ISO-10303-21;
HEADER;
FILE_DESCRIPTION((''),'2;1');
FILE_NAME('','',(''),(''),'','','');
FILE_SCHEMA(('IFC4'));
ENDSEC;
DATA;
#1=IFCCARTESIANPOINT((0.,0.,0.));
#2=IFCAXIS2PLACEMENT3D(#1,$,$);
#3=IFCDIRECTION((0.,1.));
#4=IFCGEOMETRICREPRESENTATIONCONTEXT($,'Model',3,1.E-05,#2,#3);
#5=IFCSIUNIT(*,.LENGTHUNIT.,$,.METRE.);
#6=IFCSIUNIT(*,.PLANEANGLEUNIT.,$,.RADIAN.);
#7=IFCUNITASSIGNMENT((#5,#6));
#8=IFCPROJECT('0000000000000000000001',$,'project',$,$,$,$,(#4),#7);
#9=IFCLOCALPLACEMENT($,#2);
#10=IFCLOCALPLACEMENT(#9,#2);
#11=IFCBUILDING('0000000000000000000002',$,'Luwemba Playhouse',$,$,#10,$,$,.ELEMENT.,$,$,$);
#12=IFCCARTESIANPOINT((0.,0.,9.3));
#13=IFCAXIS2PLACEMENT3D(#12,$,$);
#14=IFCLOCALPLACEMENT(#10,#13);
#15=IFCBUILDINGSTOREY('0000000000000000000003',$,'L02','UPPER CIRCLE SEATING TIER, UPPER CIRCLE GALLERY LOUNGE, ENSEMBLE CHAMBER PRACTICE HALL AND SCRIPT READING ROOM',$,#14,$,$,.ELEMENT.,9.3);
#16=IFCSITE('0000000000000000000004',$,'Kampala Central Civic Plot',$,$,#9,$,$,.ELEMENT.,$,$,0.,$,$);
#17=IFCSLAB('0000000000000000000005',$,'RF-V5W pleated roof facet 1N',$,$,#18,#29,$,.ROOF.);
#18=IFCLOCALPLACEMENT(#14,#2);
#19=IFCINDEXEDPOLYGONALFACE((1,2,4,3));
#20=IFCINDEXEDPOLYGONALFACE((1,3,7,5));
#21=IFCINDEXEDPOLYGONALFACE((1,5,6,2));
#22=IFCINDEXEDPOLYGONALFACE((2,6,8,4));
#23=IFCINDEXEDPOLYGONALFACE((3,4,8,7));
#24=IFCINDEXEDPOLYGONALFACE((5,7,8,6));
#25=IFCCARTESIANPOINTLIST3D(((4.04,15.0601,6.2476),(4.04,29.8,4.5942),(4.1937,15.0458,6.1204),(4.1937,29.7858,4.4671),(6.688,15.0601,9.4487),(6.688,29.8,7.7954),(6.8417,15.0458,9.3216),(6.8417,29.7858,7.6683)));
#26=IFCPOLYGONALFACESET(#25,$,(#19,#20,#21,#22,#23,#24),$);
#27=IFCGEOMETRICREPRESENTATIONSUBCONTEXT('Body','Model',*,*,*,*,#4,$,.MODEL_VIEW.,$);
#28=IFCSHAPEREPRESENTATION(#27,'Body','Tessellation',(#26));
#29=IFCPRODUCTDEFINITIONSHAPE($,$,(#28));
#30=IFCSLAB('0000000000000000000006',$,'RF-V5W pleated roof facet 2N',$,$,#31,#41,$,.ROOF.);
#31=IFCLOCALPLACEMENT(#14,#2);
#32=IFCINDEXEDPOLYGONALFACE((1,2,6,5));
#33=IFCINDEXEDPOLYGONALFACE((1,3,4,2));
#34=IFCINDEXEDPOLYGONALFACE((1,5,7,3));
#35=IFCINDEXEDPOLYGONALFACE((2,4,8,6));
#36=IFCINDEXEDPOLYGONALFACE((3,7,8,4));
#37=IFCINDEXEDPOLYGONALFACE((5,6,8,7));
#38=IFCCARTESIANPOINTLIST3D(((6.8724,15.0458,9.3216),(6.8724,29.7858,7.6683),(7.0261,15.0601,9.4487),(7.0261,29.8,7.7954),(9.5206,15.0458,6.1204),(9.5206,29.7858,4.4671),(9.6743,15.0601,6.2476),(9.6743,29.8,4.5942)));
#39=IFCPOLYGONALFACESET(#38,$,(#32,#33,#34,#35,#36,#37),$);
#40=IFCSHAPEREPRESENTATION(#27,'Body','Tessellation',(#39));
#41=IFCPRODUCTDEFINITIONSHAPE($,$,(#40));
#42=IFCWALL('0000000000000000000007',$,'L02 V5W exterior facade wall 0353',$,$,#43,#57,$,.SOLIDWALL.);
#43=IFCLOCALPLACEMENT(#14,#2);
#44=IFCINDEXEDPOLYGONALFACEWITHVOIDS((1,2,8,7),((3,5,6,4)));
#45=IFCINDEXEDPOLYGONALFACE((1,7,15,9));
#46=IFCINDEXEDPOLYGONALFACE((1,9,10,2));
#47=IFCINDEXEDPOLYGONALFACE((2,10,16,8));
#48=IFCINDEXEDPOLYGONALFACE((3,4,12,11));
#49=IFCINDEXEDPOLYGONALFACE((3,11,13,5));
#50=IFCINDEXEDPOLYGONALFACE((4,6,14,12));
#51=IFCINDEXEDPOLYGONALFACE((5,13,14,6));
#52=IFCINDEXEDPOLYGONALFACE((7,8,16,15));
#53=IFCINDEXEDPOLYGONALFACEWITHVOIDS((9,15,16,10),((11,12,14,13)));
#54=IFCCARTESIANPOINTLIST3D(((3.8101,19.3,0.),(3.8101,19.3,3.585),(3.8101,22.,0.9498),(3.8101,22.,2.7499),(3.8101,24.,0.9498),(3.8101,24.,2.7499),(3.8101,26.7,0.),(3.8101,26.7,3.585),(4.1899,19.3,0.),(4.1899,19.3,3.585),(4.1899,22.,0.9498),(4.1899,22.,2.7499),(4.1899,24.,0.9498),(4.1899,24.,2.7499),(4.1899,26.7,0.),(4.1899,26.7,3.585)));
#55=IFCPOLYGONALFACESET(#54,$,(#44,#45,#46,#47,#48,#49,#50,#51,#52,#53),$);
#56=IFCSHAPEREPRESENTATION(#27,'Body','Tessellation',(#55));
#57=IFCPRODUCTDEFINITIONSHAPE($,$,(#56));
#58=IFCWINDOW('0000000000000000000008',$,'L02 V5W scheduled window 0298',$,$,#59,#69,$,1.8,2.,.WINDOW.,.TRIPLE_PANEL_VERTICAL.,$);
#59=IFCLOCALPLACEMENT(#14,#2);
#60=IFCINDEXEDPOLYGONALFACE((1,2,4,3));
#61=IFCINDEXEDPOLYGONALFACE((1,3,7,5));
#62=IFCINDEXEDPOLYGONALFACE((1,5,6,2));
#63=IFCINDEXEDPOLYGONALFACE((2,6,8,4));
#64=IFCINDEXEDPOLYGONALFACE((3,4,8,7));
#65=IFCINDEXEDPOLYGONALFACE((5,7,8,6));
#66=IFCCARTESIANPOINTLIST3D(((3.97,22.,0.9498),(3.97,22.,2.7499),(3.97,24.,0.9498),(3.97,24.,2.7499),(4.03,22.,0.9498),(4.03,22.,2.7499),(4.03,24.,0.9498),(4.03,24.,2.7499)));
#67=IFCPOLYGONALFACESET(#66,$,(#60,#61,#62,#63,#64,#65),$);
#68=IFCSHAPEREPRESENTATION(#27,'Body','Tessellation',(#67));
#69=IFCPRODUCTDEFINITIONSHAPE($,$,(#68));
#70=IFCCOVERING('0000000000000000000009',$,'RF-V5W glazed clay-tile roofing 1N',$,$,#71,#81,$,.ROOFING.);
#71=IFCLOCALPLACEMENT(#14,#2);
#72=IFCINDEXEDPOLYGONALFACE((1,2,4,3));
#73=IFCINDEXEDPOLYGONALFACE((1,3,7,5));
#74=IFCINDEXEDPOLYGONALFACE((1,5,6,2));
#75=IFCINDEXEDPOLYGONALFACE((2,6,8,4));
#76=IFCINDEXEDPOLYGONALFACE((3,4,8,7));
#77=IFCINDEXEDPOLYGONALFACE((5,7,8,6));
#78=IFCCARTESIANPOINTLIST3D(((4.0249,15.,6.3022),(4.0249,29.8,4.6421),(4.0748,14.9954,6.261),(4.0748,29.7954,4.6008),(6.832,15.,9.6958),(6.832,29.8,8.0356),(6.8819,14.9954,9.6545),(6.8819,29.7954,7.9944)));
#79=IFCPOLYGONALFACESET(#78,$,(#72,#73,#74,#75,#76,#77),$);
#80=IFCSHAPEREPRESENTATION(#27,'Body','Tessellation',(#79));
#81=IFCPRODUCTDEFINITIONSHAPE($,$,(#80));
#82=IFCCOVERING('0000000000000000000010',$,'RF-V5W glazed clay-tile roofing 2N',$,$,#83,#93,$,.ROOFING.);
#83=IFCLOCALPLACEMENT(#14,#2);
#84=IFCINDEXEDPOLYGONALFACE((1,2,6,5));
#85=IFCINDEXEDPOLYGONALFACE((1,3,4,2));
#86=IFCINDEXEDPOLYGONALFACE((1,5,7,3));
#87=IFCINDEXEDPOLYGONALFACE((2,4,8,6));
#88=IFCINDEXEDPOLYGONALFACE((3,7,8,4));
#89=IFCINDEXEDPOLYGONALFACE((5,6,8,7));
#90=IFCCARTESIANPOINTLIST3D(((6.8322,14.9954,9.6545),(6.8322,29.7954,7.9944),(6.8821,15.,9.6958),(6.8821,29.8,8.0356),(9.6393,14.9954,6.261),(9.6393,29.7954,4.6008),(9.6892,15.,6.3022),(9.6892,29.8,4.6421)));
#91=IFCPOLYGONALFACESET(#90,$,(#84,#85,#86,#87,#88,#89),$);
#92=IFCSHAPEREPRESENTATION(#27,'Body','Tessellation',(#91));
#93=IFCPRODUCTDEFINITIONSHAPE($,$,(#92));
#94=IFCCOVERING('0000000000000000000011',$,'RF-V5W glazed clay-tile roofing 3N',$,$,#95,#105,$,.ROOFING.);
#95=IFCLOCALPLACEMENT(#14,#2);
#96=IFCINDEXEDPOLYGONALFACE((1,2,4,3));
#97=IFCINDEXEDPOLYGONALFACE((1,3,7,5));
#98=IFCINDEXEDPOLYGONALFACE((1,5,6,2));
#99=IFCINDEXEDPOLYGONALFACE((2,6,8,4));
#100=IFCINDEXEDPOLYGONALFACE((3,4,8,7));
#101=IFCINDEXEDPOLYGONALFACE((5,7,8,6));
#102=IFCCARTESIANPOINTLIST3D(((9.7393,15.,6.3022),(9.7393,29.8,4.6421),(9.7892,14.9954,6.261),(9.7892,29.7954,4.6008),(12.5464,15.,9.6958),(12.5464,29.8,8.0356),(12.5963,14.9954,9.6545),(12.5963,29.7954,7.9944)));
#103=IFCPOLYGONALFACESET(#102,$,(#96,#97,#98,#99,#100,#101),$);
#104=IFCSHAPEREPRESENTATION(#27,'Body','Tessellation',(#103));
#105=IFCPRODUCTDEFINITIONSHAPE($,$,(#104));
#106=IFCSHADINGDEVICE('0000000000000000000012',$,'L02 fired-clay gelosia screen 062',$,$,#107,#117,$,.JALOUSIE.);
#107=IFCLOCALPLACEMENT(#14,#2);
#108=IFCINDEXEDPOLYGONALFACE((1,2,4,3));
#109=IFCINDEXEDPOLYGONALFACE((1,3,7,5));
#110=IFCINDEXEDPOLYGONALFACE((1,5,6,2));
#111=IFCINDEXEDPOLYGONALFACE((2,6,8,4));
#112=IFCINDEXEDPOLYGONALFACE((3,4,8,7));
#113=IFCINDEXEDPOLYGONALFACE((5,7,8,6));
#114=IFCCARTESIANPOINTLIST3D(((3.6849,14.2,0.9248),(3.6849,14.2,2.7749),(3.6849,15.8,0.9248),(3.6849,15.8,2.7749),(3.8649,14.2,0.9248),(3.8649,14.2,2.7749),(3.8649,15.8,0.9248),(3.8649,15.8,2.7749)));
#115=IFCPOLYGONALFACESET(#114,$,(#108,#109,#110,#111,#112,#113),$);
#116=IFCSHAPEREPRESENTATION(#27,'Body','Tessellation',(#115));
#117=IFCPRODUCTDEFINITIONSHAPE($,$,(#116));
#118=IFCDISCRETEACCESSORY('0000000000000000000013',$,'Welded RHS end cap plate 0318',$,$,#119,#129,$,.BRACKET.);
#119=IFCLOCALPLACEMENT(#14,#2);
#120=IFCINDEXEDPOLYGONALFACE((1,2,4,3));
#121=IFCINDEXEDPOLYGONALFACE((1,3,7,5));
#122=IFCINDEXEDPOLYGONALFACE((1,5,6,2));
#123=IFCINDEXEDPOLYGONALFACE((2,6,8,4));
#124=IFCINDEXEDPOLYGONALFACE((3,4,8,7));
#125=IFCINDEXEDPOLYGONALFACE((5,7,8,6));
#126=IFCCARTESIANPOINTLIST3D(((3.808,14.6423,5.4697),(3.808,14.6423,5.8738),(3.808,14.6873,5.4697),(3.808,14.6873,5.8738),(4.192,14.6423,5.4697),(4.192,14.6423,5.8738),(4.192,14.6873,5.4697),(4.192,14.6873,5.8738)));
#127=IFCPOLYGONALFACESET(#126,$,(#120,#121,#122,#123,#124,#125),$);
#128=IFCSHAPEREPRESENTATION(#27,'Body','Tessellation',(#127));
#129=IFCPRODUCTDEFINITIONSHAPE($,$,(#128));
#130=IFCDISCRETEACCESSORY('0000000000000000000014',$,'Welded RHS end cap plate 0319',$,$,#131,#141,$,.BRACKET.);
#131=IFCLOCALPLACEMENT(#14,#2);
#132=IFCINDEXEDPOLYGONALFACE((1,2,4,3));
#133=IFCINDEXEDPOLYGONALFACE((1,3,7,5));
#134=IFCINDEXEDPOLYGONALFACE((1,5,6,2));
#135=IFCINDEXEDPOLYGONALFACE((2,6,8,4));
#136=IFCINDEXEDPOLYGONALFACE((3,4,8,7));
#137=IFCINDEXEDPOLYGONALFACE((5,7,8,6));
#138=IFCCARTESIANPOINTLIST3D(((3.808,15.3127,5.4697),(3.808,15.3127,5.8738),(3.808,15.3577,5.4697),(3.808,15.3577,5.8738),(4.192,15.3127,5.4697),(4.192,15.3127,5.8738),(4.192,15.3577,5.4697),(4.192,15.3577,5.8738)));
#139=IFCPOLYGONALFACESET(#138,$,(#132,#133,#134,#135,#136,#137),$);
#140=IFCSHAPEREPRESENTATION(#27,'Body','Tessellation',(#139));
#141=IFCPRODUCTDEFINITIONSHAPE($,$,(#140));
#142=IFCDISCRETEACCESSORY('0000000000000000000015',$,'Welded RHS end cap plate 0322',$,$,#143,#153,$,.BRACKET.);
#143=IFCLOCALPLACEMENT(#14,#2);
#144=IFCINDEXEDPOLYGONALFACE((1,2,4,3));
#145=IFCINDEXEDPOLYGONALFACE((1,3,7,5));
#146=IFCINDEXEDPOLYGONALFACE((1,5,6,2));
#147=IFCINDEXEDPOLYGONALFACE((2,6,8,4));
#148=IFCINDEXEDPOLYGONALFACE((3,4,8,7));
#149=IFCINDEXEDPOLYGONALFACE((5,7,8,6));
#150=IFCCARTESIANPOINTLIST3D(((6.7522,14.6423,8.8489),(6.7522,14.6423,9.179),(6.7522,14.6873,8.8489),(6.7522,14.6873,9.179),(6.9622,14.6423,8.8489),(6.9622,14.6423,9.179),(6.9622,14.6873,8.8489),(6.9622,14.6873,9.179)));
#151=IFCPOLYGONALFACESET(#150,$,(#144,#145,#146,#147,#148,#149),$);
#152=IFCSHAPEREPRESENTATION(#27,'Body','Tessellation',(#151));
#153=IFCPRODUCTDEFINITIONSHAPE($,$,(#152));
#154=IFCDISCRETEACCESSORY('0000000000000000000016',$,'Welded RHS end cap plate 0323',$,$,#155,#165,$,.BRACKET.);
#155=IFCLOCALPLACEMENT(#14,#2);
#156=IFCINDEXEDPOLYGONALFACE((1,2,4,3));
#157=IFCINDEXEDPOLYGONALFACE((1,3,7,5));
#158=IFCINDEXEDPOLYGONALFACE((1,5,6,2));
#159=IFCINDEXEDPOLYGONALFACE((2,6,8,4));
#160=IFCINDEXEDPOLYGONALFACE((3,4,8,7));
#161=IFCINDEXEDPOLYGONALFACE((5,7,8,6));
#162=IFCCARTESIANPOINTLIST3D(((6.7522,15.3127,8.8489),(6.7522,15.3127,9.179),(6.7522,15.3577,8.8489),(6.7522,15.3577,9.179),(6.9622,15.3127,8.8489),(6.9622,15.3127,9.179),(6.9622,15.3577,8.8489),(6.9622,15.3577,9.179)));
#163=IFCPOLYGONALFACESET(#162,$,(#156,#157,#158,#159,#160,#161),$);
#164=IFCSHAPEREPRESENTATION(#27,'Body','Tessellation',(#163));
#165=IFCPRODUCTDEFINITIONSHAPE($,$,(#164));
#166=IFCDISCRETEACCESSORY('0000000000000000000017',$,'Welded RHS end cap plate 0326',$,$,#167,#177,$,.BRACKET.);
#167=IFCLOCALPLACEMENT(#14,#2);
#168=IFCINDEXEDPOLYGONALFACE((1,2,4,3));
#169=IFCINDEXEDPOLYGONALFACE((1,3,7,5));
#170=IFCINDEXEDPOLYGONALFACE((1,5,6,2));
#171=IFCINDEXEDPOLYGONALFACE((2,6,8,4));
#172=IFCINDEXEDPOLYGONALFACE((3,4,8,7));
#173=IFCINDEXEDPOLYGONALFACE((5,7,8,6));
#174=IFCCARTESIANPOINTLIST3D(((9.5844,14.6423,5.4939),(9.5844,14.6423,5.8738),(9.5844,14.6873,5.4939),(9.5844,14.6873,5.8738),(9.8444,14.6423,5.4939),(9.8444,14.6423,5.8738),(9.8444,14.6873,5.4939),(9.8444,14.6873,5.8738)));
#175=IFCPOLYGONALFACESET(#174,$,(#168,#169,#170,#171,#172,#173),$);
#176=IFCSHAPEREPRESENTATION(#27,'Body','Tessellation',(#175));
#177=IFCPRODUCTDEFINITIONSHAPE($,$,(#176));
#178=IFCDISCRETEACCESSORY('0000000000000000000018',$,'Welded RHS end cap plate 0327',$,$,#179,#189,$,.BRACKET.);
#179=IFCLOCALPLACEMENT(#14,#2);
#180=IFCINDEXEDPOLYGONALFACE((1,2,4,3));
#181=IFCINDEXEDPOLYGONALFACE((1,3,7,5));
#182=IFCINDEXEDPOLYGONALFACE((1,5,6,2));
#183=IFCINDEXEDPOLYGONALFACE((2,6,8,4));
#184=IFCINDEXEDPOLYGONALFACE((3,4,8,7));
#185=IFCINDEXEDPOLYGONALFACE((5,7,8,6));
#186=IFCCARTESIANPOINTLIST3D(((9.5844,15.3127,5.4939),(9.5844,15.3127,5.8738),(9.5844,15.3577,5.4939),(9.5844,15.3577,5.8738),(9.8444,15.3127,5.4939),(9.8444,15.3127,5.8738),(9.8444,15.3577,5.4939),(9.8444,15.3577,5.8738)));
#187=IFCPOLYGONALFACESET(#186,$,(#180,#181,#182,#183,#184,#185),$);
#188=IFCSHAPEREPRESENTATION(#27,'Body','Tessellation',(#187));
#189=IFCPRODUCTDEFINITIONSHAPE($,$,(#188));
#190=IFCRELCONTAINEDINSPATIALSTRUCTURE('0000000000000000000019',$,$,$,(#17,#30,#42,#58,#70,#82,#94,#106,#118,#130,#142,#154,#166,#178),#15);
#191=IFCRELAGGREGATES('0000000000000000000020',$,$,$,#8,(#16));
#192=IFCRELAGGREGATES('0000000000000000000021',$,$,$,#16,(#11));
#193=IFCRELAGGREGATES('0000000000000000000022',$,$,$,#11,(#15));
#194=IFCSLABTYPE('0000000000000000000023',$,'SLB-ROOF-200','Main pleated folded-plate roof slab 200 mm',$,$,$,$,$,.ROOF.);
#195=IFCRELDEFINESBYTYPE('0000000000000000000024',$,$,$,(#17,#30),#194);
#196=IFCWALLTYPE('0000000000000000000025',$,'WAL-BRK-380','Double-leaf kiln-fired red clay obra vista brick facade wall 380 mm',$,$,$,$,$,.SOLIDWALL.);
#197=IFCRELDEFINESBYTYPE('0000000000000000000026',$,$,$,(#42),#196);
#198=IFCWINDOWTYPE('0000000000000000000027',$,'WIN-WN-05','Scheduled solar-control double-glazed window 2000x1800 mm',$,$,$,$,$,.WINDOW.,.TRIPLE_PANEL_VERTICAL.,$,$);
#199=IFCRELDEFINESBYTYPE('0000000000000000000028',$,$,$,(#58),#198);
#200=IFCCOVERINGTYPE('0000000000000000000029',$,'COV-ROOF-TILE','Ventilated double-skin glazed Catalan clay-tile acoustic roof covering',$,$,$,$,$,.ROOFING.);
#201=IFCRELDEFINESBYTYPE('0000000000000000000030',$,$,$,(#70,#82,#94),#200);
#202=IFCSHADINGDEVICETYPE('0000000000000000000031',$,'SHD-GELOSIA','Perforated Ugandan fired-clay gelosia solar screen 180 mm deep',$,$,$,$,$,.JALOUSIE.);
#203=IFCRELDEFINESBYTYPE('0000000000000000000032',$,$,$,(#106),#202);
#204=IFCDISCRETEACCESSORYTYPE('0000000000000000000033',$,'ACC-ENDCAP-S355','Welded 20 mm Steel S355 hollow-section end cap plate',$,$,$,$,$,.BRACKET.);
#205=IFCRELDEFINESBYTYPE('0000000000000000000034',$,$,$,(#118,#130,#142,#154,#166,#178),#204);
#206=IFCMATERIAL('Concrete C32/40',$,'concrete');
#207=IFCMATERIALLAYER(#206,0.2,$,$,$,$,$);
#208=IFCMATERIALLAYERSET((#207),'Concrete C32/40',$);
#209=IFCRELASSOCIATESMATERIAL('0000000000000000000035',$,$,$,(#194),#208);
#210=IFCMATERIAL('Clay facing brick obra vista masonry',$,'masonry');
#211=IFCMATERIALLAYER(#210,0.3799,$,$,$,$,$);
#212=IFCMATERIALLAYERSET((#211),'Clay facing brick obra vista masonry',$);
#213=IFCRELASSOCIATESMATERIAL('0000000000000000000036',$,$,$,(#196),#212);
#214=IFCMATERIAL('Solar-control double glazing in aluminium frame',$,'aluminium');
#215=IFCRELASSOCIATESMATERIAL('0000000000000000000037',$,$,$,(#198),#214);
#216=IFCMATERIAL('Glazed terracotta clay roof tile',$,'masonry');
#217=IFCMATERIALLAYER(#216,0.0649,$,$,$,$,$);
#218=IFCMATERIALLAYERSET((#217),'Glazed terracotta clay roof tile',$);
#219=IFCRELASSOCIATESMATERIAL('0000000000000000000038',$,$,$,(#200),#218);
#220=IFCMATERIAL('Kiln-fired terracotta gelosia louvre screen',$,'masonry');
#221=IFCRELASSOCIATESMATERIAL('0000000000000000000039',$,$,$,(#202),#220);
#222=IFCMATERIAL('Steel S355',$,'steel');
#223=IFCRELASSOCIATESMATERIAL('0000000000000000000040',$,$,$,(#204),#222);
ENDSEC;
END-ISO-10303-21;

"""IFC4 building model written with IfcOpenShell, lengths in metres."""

from ifc_helpers import new_model, si_unit, direction, frame, frame_2d, origin, origin_2d, place, context, subcontext, project, spatial, polyline, rectangle, outline, extrude, material, layer, layer_set, type_object, element, fill, save


model = new_model("IFC4")

# Units and contexts
model_context = context("Model", 3, precision=1e-05, world=origin(), true_north=direction((0.0, 1.0)))
body_context = subcontext(model_context, "Body", "Model", "MODEL_VIEW")
ifc_project = project(units=[si_unit("LENGTHUNIT", "METRE"), si_unit("PLANEANGLEUNIT", "RADIAN")], contexts=[model_context])

# Site, building, storey
site_placement = place(None, origin())
site = spatial("IfcSite", under=ifc_project, at=site_placement, Name="Kampala Central Civic Plot", CompositionType="ELEMENT", RefElevation=0.0)
building_placement = place(site_placement, origin())
building = spatial("IfcBuilding", under=site, at=building_placement, Name="Luwemba Playhouse", CompositionType="ELEMENT")
storey_placement = place(building_placement, frame((0.0, 0.0, 9.3)))
storey = spatial("IfcBuildingStorey", under=building, at=storey_placement, Name="L02", Description="UPPER CIRCLE SEATING TIER, UPPER CIRCLE GALLERY LOUNGE, ENSEMBLE CHAMBER PRACTICE HALL AND SCRIPT READING ROOM", CompositionType="ELEMENT", Elevation=9.3)

# Shared definitions
ifc_material_1 = material(Name="Steel S355", Category="steel")

# Slabs
ifc_material_2 = material(Name="Concrete C32/40", Category="concrete")
ifc_layer_1 = layer(ifc_material_2, 0.2)
ifc_layer_set_1 = layer_set([ifc_layer_1], Name="Concrete C32/40")
slab_type = type_object("IfcSlabType", Name="SLB-ROOF-200", Description="Main pleated folded-plate roof slab 200 mm", PredefinedType="ROOF", material=ifc_layer_set_1)
slab_1_placement = place(storey_placement, frame((4.04, 15.0601, 6.2476), z_axis=(-0.768586, 0.07131, 0.63576), x_axis=(0.637382, 0.0, 0.770548)))
element("IfcSlab", 1, at=slab_1_placement, inside=storey, type_object=slab_type, Name="RF-V5W pleated roof facet 1N", PredefinedType="ROOF", context=body_context, shape_type="SweptSolid", body=[
    extrude(outline(polyline([(0.0, 0.0), (4.1544, 0.0), (2.8804, 14.7776), (-1.274, 14.7776), (0.0, 0.0)])), origin(), (0.0, 0.0, -1.0), 0.2),
])
slab_2_placement = place(storey_placement, frame((7.0261, 15.0601, 9.4487), z_axis=(0.768557, 0.071314, 0.635794), x_axis=(0.637417, 0.0, -0.770519)))
element("IfcSlab", 2, at=slab_2_placement, inside=storey, type_object=slab_type, Name="RF-V5W pleated roof facet 2N", PredefinedType="ROOF", context=body_context, shape_type="SweptSolid", body=[
    extrude(outline(polyline([(0.0, 0.0), (4.1546, 0.0), (5.4285, 14.7776), (1.2739, 14.7776), (0.0, 0.0)])), origin(), (0.0, 0.0, -1.0), 0.2),
])

# Wall, opening, window
ifc_material_3 = material(Name="Clay facing brick obra vista masonry", Category="masonry")
ifc_layer_2 = layer(ifc_material_3, 0.3799)
ifc_layer_set_2 = layer_set([ifc_layer_2], Name="Clay facing brick obra vista masonry")
wall_type = type_object("IfcWallType", Name="WAL-BRK-380", Description="Double-leaf kiln-fired red clay obra vista brick facade wall 380 mm", PredefinedType="SOLIDWALL", material=ifc_layer_set_2)
wall_placement = place(storey_placement, frame((4.0, 19.3, 0.0), z_axis=(0.0, 0.0, 1.0), x_axis=(0.0, 1.0, 0.0)))
wall = element("IfcWall", 3, at=wall_placement, inside=storey, type_object=wall_type, Name="L02 V5W exterior facade wall 0353", PredefinedType="SOLIDWALL", context=body_context, shape_type="SweptSolid", body=[
    extrude(rectangle(XDim=7.3999, YDim=0.3799, at=frame_2d((3.7, 0.0))), origin(), (0.0, 0.0, 1.0), 3.585),
])
opening_placement = place(wall_placement, frame((2.7, 0.0, 0.95)))
opening = element("IfcOpeningElement", 4, at=opening_placement, cuts=wall, PredefinedType="OPENING", context=body_context, shape_type="SweptSolid", body=[
    extrude(rectangle(XDim=2.0, YDim=1.8, at=frame_2d((1.0, 0.8999))), frame((0.0, 0.2, 0.0), z_axis=(0.0, -1.0, 0.0), x_axis=(1.0, 0.0, 0.0)), (0.0, 0.0, 1.0), 0.3999),
])
ifc_material_4 = material(Name="Solar-control double glazing in aluminium frame", Category="aluminium")
window_type = type_object("IfcWindowType", Name="WIN-WN-05", Description="Scheduled solar-control double-glazed window 2000x1800 mm", PartitioningType="TRIPLE_PANEL_VERTICAL", PredefinedType="WINDOW", material=ifc_material_4)
window_placement = place(opening_placement, origin())
window = element("IfcWindow", 5, at=window_placement, inside=storey, type_object=window_type, Name="L02 V5W scheduled window 0298", OverallHeight=1.8, OverallWidth=2.0, PartitioningType="TRIPLE_PANEL_VERTICAL", PredefinedType="WINDOW", context=body_context, shape_type="SweptSolid", body=[
    extrude(rectangle(XDim=2.0, YDim=1.8, at=frame_2d((1.0, 0.8999))), frame((0.0, 0.03, 0.0), z_axis=(0.0, -1.0, 0.0), x_axis=(1.0, 0.0, 0.0)), (0.0, 0.0, 1.0), 0.0601),
])
fill(opening, window)

# Coverings
ifc_material_5 = material(Name="Glazed terracotta clay roof tile", Category="masonry")
ifc_layer_3 = layer(ifc_material_5, 0.0649)
ifc_layer_set_3 = layer_set([ifc_layer_3], Name="Glazed terracotta clay roof tile")
covering_type = type_object("IfcCoveringType", Name="COV-ROOF-TILE", Description="Ventilated double-skin glazed Catalan clay-tile acoustic roof covering", PredefinedType="ROOFING", material=ifc_layer_set_3)
covering_1_placement = place(storey_placement, frame((4.0249, 15.0, 6.3022), z_axis=(-0.768581, 0.071315, 0.635766), x_axis=(0.637388, 0.0, 0.770543)))
element("IfcCovering", 6, at=covering_1_placement, inside=storey, type_object=covering_type, Name="RF-V5W glazed clay-tile roofing 1N", PredefinedType="ROOFING", context=body_context, shape_type="SweptSolid", body=[
    extrude(outline(polyline([(0.0, 0.0), (4.4041, 0.0), (3.1249, 14.8378), (-1.2792, 14.8378), (0.0, 0.0)])), origin(), (0.0, 0.0, -1.0), 0.0649),
])
covering_2_placement = place(storey_placement, frame((6.8821, 15.0, 9.6958), z_axis=(0.768581, 0.071315, 0.635766), x_axis=(0.637388, 0.0, -0.770543)))
element("IfcCovering", 7, at=covering_2_placement, inside=storey, type_object=covering_type, Name="RF-V5W glazed clay-tile roofing 2N", PredefinedType="ROOFING", context=body_context, shape_type="SweptSolid", body=[
    extrude(outline(polyline([(0.0, 0.0), (4.4041, 0.0), (5.6833, 14.8378), (1.2792, 14.8378), (0.0, 0.0)])), origin(), (0.0, 0.0, -1.0), 0.0649),
])
covering_3_placement = place(storey_placement, frame((9.7393, 15.0, 6.3022), z_axis=(-0.768581, 0.071315, 0.635766), x_axis=(0.637388, 0.0, 0.770543)))
element("IfcCovering", 8, at=covering_3_placement, inside=storey, type_object=covering_type, Name="RF-V5W glazed clay-tile roofing 3N", PredefinedType="ROOFING", context=body_context, shape_type="SweptSolid", body=[
    extrude(outline(polyline([(0.0, 0.0), (4.4041, 0.0), (3.1249, 14.8378), (-1.2792, 14.8378), (0.0, 0.0)])), origin(), (0.0, 0.0, -1.0), 0.0649),
])

# Shading device
ifc_material_6 = material(Name="Kiln-fired terracotta gelosia louvre screen", Category="masonry")
shading_device_type = type_object("IfcShadingDeviceType", Name="SHD-GELOSIA", Description="Perforated Ugandan fired-clay gelosia solar screen 180 mm deep", PredefinedType="JALOUSIE", material=ifc_material_6)
shading_device_placement = place(storey_placement, frame((3.7749, 15.0, 0.9248), z_axis=(0.0, 0.0, 1.0), x_axis=(0.0, 1.0, 0.0)))
element("IfcShadingDevice", 9, at=shading_device_placement, inside=storey, type_object=shading_device_type, Name="L02 fired-clay gelosia screen 062", PredefinedType="JALOUSIE", context=body_context, shape_type="SweptSolid", body=[
    extrude(rectangle(XDim=1.6001, YDim=0.1799, at=origin_2d()), origin(), (0.0, 0.0, 1.0), 1.8501),
])

# Discrete accessories
discrete_accessory_type = type_object("IfcDiscreteAccessoryType", Name="ACC-ENDCAP-S355", Description="Welded 20 mm Steel S355 hollow-section end cap plate", PredefinedType="BRACKET", material=ifc_material_1)
for number, where, z_axis, x_axis, name in (
    (10, (4.0, 14.6648, 5.4697), (0.0, 0.0, 1.0), (1.0, 0.0, 0.0), "Welded RHS end cap plate 0318"),
    (11, (4.0, 15.3352, 5.4697), (0.0, 0.0, 1.0), (1.0, 0.0, 0.0), "Welded RHS end cap plate 0319"),
):
    element("IfcDiscreteAccessory", number, at=place(storey_placement, frame(where, z_axis=z_axis, x_axis=x_axis)), inside=storey, type_object=discrete_accessory_type, Name=name, PredefinedType="BRACKET", context=body_context, shape_type="SweptSolid", body=[
        extrude(rectangle(XDim=0.384, YDim=0.0449, at=origin_2d()), origin(), (0.0, 0.0, 1.0), 0.4041),
    ])
for number, where, z_axis, x_axis, name in (
    (12, (6.8572, 14.6648, 8.8489), (0.0, 0.0, 1.0), (1.0, 0.0, 0.0), "Welded RHS end cap plate 0322"),
    (13, (6.8572, 15.3352, 8.8489), (0.0, 0.0, 1.0), (1.0, 0.0, 0.0), "Welded RHS end cap plate 0323"),
):
    element("IfcDiscreteAccessory", number, at=place(storey_placement, frame(where, z_axis=z_axis, x_axis=x_axis)), inside=storey, type_object=discrete_accessory_type, Name=name, PredefinedType="BRACKET", context=body_context, shape_type="SweptSolid", body=[
        extrude(rectangle(XDim=0.21, YDim=0.0449, at=origin_2d()), origin(), (0.0, 0.0, 1.0), 0.3301),
    ])
for number, where, z_axis, x_axis, name in (
    (14, (9.7144, 14.6648, 5.4939), (0.0, 0.0, 1.0), (1.0, 0.0, 0.0), "Welded RHS end cap plate 0326"),
    (15, (9.7144, 15.3352, 5.4939), (0.0, 0.0, 1.0), (1.0, 0.0, 0.0), "Welded RHS end cap plate 0327"),
):
    element("IfcDiscreteAccessory", number, at=place(storey_placement, frame(where, z_axis=z_axis, x_axis=x_axis)), inside=storey, type_object=discrete_accessory_type, Name=name, PredefinedType="BRACKET", context=body_context, shape_type="SweptSolid", body=[
        extrude(rectangle(XDim=0.26, YDim=0.0449, at=origin_2d()), origin(), (0.0, 0.0, 1.0), 0.3799),
    ])

save(model, "model.ifc")
